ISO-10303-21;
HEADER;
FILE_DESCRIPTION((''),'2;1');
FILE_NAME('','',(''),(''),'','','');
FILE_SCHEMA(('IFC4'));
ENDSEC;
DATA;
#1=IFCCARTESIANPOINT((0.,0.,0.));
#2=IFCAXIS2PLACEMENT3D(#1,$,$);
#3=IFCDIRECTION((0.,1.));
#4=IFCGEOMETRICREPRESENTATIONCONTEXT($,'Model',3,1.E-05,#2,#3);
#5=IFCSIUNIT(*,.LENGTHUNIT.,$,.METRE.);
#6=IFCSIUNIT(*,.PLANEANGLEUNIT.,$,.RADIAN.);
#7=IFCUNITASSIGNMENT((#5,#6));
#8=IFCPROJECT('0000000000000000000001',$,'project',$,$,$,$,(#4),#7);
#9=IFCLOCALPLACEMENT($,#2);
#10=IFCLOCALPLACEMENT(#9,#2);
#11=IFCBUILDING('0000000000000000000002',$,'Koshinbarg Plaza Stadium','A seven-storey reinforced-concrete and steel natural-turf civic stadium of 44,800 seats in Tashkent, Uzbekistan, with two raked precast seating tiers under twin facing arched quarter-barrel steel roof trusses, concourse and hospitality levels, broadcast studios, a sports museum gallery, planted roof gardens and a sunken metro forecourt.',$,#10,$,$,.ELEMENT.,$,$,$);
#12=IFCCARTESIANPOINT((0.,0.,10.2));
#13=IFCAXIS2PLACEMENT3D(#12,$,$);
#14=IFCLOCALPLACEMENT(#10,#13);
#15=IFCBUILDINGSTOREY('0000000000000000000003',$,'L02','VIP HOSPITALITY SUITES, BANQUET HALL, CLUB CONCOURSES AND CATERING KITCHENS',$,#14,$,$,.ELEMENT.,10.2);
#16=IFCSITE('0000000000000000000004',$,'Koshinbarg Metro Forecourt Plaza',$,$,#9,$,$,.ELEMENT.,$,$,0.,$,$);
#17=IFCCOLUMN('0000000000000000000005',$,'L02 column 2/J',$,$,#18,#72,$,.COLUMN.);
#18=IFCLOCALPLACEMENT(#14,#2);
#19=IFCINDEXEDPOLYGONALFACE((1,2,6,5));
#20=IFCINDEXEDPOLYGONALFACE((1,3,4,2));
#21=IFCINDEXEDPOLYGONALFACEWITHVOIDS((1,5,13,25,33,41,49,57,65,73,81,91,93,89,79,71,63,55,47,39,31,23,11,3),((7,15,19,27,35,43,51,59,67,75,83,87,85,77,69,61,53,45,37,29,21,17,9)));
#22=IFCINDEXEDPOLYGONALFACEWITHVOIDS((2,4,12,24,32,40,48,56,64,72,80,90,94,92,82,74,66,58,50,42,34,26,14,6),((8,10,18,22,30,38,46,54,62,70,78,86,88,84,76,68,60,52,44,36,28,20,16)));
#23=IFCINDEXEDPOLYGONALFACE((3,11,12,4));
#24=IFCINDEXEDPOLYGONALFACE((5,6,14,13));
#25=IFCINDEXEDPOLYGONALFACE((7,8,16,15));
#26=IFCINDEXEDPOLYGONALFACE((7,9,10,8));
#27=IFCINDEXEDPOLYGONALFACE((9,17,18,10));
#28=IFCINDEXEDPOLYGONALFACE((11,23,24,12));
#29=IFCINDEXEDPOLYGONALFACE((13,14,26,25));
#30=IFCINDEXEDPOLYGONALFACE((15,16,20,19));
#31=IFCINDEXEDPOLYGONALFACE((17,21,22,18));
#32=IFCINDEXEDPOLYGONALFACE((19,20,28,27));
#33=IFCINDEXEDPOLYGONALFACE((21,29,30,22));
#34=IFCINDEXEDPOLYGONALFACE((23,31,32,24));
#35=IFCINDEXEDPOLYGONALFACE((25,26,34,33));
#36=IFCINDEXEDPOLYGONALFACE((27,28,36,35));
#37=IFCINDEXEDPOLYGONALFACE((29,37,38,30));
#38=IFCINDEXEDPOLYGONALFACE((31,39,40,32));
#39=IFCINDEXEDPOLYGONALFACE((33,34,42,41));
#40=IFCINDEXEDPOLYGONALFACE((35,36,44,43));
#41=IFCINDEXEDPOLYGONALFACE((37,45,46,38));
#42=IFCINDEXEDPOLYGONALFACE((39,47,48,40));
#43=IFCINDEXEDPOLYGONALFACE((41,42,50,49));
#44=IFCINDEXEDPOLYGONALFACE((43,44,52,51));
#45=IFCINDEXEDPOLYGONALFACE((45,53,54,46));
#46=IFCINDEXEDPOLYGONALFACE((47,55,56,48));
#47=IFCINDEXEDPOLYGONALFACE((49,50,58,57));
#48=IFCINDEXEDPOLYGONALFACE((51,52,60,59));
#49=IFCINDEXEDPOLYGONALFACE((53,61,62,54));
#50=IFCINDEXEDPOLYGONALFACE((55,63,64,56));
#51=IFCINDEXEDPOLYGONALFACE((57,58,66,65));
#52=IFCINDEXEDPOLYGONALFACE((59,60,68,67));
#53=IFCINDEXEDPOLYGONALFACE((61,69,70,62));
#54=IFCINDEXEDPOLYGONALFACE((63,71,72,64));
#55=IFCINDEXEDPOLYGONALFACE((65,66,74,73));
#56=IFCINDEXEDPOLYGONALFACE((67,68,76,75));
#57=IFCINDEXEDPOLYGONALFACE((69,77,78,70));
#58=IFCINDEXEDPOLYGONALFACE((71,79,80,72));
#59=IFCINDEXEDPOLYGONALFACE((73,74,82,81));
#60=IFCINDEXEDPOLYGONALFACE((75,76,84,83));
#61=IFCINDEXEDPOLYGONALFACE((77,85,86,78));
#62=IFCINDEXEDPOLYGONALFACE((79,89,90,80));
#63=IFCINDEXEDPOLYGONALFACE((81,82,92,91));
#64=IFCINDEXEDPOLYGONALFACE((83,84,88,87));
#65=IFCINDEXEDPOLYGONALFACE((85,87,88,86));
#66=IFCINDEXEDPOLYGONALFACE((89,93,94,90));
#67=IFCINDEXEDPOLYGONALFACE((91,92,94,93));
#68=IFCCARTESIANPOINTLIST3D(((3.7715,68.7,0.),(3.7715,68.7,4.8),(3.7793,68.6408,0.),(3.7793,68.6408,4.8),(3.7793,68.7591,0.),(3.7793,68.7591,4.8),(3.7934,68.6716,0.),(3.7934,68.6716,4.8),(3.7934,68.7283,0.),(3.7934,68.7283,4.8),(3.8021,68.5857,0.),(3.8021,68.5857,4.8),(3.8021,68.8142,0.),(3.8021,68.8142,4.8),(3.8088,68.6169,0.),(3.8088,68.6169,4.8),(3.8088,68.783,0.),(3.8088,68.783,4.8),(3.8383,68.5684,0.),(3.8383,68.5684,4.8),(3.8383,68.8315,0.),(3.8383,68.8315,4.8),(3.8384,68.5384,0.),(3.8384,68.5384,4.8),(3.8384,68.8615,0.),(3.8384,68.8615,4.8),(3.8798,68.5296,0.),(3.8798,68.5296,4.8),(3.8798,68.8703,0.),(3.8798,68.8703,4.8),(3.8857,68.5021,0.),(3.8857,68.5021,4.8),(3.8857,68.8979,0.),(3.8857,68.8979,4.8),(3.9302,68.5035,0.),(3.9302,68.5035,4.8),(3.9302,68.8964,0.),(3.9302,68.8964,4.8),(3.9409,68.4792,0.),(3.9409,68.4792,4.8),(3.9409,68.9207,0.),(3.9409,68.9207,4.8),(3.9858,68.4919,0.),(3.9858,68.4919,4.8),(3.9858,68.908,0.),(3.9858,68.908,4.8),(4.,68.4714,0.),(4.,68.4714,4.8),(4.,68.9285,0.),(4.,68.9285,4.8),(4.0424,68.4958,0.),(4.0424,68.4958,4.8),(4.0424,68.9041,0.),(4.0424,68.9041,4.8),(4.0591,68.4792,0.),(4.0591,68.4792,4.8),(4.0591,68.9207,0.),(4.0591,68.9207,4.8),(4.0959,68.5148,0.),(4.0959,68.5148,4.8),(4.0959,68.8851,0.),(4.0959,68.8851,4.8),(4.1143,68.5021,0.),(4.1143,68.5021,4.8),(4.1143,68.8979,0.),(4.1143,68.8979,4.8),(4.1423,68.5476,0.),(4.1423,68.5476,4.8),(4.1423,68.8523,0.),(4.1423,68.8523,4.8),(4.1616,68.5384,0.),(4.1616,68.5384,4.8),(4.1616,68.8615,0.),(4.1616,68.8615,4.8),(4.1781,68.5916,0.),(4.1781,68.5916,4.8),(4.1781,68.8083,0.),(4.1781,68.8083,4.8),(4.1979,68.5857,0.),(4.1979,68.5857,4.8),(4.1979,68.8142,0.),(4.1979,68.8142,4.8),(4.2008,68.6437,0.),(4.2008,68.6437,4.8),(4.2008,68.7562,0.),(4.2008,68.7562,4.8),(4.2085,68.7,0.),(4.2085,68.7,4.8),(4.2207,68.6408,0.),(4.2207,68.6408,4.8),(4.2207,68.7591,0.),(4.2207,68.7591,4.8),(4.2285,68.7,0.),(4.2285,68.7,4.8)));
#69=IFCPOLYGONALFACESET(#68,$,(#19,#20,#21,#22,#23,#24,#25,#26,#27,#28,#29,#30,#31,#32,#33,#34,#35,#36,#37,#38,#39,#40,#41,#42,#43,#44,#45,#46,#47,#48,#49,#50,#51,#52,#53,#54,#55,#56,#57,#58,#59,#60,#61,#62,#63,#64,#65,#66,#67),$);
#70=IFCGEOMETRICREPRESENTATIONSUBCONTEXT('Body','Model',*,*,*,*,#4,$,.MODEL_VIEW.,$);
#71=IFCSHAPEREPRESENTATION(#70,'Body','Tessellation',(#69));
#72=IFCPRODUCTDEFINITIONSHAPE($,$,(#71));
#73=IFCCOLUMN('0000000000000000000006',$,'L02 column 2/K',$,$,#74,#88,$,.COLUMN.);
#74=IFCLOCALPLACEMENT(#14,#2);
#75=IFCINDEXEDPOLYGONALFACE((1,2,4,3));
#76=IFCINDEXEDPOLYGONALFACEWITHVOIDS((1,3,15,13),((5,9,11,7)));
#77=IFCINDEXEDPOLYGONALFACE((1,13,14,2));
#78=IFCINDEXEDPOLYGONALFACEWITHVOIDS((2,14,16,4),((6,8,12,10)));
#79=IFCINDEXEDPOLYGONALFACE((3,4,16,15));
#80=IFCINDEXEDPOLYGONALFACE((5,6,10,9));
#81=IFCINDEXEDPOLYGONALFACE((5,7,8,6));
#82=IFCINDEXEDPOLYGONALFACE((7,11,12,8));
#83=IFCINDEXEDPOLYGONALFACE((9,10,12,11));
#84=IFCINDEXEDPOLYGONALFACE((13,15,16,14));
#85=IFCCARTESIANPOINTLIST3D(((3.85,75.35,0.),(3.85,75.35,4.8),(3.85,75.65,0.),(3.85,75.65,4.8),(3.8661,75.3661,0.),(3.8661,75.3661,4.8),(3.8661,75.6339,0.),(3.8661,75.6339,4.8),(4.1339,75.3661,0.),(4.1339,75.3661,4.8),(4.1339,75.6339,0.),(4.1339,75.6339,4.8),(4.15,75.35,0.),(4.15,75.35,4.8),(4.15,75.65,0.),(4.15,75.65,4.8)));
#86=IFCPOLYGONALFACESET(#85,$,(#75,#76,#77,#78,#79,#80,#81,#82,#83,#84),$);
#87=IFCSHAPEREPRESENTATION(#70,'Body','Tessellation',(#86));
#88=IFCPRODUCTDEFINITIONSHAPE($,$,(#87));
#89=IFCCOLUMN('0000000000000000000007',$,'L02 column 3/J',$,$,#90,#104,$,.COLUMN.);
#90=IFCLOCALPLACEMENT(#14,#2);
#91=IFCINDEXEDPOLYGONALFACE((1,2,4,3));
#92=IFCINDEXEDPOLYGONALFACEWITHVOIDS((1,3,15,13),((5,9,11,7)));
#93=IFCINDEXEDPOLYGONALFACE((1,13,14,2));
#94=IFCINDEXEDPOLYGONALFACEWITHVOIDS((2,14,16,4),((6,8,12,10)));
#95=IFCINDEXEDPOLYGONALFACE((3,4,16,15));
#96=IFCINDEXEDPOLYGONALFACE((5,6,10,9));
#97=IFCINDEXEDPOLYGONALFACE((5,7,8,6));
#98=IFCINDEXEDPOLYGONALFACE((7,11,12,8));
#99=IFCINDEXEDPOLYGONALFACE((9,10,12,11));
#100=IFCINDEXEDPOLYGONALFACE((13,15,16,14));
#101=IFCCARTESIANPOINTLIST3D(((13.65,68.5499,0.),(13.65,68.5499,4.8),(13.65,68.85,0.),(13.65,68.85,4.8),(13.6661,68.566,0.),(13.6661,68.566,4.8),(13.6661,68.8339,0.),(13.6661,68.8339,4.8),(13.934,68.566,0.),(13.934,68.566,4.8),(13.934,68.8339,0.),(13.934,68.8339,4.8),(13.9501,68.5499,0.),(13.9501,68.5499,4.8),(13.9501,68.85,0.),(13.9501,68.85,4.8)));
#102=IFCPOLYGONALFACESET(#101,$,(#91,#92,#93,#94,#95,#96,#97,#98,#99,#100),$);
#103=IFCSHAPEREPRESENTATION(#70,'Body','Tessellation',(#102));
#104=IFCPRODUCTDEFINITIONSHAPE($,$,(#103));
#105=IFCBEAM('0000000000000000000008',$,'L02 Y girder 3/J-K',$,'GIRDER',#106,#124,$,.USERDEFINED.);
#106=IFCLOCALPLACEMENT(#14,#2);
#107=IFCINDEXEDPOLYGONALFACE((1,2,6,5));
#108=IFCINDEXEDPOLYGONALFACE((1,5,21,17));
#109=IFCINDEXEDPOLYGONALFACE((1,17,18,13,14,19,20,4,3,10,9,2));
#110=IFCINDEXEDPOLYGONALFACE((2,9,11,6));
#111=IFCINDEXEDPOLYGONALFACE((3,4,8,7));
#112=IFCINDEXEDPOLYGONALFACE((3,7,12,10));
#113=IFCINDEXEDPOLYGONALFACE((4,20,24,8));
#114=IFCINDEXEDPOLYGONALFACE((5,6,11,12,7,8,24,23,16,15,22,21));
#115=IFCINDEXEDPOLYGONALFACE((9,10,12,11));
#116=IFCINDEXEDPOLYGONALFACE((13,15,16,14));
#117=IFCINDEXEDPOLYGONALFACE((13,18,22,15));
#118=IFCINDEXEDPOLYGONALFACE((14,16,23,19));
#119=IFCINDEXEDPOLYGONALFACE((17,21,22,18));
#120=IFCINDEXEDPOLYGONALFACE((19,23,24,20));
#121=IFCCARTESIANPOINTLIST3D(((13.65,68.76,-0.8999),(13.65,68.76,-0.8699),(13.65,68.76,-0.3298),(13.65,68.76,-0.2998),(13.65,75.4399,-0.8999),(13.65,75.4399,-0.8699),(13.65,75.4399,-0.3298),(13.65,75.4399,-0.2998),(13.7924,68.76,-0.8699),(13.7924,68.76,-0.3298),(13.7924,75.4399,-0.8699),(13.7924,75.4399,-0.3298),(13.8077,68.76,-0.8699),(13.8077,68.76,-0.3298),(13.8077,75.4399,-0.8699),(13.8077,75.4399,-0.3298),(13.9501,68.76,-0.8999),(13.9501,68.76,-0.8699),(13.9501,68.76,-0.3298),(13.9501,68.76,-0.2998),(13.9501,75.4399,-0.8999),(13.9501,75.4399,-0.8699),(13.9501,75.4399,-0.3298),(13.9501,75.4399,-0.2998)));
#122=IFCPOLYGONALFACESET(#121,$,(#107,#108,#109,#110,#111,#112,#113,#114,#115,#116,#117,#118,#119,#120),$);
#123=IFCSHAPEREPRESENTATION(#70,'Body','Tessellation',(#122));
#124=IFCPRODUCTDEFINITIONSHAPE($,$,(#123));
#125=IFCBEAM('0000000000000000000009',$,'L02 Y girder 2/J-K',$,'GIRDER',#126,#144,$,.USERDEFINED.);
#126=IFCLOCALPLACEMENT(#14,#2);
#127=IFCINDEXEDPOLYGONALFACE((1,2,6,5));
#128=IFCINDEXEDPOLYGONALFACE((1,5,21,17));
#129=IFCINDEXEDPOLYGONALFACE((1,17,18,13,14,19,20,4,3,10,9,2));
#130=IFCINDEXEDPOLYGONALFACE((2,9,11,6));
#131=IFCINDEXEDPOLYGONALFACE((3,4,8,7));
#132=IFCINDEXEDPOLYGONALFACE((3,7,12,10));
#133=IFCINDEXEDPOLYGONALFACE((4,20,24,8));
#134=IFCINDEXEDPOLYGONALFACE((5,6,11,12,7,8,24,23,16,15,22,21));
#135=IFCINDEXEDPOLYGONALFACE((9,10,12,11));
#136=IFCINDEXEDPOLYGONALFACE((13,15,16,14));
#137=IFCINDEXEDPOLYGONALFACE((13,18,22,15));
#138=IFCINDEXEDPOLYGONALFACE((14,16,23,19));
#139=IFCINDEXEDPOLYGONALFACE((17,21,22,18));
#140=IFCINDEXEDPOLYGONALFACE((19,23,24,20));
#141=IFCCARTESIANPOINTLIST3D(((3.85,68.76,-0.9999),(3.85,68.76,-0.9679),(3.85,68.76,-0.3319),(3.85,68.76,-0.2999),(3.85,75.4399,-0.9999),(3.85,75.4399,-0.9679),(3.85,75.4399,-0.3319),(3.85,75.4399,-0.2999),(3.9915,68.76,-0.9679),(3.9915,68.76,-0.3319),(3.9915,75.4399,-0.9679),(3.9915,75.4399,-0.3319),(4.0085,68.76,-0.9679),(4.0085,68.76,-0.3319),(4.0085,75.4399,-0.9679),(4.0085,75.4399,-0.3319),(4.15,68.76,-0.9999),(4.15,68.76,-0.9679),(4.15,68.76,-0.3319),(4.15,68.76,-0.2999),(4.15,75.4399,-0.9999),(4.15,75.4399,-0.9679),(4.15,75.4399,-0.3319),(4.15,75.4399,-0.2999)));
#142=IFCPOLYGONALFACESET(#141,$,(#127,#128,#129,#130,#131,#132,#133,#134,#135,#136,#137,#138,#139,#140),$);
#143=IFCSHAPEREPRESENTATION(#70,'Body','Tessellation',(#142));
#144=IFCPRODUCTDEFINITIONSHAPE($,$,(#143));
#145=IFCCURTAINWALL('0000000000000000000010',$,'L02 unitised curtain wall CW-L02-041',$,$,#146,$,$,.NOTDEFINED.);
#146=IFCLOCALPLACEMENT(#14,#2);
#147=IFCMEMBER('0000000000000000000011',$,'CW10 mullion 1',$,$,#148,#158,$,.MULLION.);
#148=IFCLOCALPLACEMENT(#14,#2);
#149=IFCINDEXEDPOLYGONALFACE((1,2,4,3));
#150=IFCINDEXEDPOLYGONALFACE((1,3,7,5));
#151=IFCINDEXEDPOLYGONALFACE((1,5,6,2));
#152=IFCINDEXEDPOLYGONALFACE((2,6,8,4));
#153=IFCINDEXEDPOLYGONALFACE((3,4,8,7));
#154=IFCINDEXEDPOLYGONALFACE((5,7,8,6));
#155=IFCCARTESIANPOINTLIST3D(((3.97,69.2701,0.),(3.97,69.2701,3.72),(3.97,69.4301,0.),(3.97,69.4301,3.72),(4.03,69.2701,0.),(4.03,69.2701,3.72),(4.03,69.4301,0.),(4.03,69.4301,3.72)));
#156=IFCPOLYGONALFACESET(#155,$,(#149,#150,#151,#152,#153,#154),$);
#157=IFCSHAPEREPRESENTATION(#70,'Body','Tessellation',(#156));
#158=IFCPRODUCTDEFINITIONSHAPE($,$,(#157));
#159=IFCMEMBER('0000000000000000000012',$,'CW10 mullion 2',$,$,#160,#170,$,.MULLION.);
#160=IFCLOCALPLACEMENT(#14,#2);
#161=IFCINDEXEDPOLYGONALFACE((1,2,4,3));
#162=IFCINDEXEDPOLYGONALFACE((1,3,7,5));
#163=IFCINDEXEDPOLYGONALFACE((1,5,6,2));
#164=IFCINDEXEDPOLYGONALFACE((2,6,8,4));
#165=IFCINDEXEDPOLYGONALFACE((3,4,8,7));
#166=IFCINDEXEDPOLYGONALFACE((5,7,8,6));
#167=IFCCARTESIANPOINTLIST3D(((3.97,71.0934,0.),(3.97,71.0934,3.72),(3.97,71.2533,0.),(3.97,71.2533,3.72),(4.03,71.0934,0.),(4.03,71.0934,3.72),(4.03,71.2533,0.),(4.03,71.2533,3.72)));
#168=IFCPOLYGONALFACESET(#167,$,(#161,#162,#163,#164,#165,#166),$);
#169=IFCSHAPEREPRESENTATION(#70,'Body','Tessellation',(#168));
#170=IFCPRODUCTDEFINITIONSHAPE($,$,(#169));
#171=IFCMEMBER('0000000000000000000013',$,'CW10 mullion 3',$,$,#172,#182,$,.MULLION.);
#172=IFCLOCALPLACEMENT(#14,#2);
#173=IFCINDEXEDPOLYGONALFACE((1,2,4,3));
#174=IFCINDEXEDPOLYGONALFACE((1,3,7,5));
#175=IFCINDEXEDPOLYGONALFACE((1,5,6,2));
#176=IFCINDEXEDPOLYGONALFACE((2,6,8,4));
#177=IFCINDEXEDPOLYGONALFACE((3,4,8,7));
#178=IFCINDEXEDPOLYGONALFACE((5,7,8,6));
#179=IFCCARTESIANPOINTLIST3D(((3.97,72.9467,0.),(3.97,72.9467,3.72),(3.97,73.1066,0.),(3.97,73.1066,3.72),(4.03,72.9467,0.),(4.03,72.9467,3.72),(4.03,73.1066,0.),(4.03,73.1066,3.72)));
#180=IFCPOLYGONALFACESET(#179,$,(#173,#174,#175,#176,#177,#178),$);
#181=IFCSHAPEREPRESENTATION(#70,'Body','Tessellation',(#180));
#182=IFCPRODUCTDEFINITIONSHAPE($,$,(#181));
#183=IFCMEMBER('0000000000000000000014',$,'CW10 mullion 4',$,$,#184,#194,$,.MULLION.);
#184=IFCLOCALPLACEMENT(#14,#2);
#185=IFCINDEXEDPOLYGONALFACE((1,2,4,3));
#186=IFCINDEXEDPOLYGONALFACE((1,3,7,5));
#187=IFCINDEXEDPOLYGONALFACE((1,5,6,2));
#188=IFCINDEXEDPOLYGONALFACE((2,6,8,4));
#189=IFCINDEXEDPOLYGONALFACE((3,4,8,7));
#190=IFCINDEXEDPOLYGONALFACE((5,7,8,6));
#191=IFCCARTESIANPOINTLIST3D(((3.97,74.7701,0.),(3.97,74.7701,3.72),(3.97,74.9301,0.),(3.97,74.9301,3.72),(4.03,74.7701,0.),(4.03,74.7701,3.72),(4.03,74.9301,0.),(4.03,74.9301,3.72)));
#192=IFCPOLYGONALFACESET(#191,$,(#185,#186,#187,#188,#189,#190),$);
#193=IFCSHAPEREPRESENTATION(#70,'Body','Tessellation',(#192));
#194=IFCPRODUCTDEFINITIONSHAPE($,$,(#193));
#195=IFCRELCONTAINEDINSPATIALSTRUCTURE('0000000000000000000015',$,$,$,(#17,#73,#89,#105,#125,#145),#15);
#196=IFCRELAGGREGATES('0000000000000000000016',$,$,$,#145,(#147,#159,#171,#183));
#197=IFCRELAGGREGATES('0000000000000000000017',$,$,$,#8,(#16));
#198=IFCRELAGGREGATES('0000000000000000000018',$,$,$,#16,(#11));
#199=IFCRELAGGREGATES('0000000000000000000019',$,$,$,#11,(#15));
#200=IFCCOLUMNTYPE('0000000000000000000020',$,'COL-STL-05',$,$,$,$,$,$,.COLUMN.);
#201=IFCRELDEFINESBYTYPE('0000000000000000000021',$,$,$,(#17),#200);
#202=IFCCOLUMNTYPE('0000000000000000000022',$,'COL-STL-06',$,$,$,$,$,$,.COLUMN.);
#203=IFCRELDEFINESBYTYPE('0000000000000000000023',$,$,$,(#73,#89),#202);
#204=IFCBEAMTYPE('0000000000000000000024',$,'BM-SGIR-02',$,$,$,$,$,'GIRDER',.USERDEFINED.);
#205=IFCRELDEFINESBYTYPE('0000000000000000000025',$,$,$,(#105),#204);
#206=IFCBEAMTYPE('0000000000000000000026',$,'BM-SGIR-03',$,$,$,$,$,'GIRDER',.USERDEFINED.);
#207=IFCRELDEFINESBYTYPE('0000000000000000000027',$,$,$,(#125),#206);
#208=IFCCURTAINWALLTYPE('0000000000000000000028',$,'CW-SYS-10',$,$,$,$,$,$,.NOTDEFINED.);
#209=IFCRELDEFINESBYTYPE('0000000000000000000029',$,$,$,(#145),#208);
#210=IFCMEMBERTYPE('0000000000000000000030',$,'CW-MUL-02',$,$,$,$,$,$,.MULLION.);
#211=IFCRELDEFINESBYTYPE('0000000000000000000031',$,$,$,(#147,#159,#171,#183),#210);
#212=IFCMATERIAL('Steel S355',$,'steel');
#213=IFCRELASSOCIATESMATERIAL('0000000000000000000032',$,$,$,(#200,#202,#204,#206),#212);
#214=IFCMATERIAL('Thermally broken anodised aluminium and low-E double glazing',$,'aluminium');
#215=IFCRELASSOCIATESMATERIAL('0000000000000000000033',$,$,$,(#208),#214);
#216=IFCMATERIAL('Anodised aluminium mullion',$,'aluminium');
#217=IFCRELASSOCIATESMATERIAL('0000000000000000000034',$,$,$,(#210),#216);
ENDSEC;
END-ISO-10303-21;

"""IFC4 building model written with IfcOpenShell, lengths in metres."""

from ifc_helpers import new_model, si_unit, direction, frame, origin, origin_2d, place, context, subcontext, project, spatial, rectangle, hollow_rectangle, hollow_circle, i_section, extrude, material, material_profile, profile_set, type_object, element, aggregate, save


model = new_model("IFC4")

# Units and contexts
model_context = context("Model", 3, precision=1e-05, world=origin(), true_north=direction((0.0, 1.0)))
body_context = subcontext(model_context, "Body", "Model", "MODEL_VIEW")
ifc_project = project(units=[si_unit("LENGTHUNIT", "METRE"), si_unit("PLANEANGLEUNIT", "RADIAN")], contexts=[model_context])

# Site, building, storey
site_placement = place(None, origin())
site = spatial("IfcSite", under=ifc_project, at=site_placement, Name="Koshinbarg Metro Forecourt Plaza", CompositionType="ELEMENT", RefElevation=0.0)
building_placement = place(site_placement, origin())
building = spatial("IfcBuilding", under=site, at=building_placement, Name="Koshinbarg Plaza Stadium", Description="A seven-storey reinforced-concrete and steel natural-turf civic stadium of 44,800 seats in Tashkent, Uzbekistan, with two raked precast seating tiers under twin facing arched quarter-barrel steel roof trusses, concourse and hospitality levels, broadcast studios, a sports museum gallery, planted roof gardens and a sunken metro forecourt.", CompositionType="ELEMENT")
storey_placement = place(building_placement, frame((0.0, 0.0, 10.2)))
storey = spatial("IfcBuildingStorey", under=building, at=storey_placement, Name="L02", Description="VIP HOSPITALITY SUITES, BANQUET HALL, CLUB CONCOURSES AND CATERING KITCHENS", CompositionType="ELEMENT", Elevation=10.2)

# Columns
ifc_material_1 = material(Name="Steel S355", Category="steel")
ifc_material_profile_1 = material_profile(ifc_material_1, hollow_circle(Radius=0.2285, WallThickness=0.02, at=origin_2d()), Name="CHS 457x20")
ifc_profile_set_1 = profile_set([ifc_material_profile_1], Name="Steel S355")
column_type_1 = type_object("IfcColumnType", Name="COL-STL-05", PredefinedType="COLUMN", material=ifc_profile_set_1)
column_placement = place(storey_placement, frame((4.0, 68.7, 0.0), z_axis=(0.0, 0.0, 1.0), x_axis=(1.0, 0.0, 0.0)))
element("IfcColumn", 1, at=column_placement, inside=storey, type_object=column_type_1, Name="L02 column 2/J", PredefinedType="COLUMN", context=body_context, shape_type="SweptSolid", body=[
    extrude(hollow_circle(Radius=0.2285, WallThickness=0.02, at=origin_2d()), origin(), (0.0, 0.0, 1.0), 4.8),
])
ifc_material_profile_2 = material_profile(ifc_material_1, hollow_rectangle(XDim=0.3, YDim=0.3, WallThickness=0.0161, at=origin_2d()), Name="SHS 300x300x16")
ifc_profile_set_2 = profile_set([ifc_material_profile_2], Name="Steel S355")
column_type_2 = type_object("IfcColumnType", Name="COL-STL-06", PredefinedType="COLUMN", material=ifc_profile_set_2)
for number, where, z_axis, x_axis, name in (
    (2, (4.0, 75.5, 0.0), (0.0, 0.0, 1.0), (1.0, 0.0, 0.0), "L02 column 2/K"),
    (3, (13.8, 68.7, 0.0), (0.0, 0.0, 1.0), (1.0, 0.0, 0.0), "L02 column 3/J"),
):
    element("IfcColumn", number, at=place(storey_placement, frame(where, z_axis=z_axis, x_axis=x_axis)), inside=storey, type_object=column_type_2, Name=name, PredefinedType="COLUMN", context=body_context, shape_type="SweptSolid", body=[
        extrude(hollow_rectangle(XDim=0.3, YDim=0.3, WallThickness=0.0161, at=origin_2d()), origin(), (0.0, 0.0, 1.0), 4.8),
    ])

# Beams
ifc_material_profile_3 = material_profile(ifc_material_1, i_section(OverallWidth=0.3, OverallDepth=0.6001, WebThickness=0.0154, FlangeThickness=0.03, at=origin_2d()), Name="HEB 600")
ifc_profile_set_3 = profile_set([ifc_material_profile_3], Name="Steel S355")
beam_type_1 = type_object("IfcBeamType", Name="BM-SGIR-02", ElementType="GIRDER", PredefinedType="USERDEFINED", material=ifc_profile_set_3)
beam_1_placement = place(storey_placement, frame((13.8, 68.76, -0.5999), z_axis=(0.0, 1.0, 0.0), x_axis=(-1.0, 0.0, 0.0)))
element("IfcBeam", 4, at=beam_1_placement, inside=storey, type_object=beam_type_1, Name="L02 Y girder 3/J-K", ObjectType="GIRDER", PredefinedType="USERDEFINED", context=body_context, shape_type="SweptSolid", body=[
    extrude(i_section(OverallWidth=0.3, OverallDepth=0.6001, WebThickness=0.0154, FlangeThickness=0.03, at=origin_2d()), origin(), (0.0, 0.0, 1.0), 6.6799),
])
ifc_material_profile_4 = material_profile(ifc_material_1, i_section(OverallWidth=0.3, OverallDepth=0.7, WebThickness=0.0171, FlangeThickness=0.032, at=origin_2d()), Name="HEB 700")
ifc_profile_set_4 = profile_set([ifc_material_profile_4], Name="Steel S355")
beam_type_2 = type_object("IfcBeamType", Name="BM-SGIR-03", ElementType="GIRDER", PredefinedType="USERDEFINED", material=ifc_profile_set_4)
beam_2_placement = place(storey_placement, frame((4.0, 68.76, -0.6499), z_axis=(0.0, 1.0, 0.0), x_axis=(-1.0, 0.0, 0.0)))
element("IfcBeam", 5, at=beam_2_placement, inside=storey, type_object=beam_type_2, Name="L02 Y girder 2/J-K", ObjectType="GIRDER", PredefinedType="USERDEFINED", context=body_context, shape_type="SweptSolid", body=[
    extrude(i_section(OverallWidth=0.3, OverallDepth=0.7, WebThickness=0.0171, FlangeThickness=0.032, at=origin_2d()), origin(), (0.0, 0.0, 1.0), 6.6799),
])

# Curtain wall, members
ifc_material_2 = material(Name="Thermally broken anodised aluminium and low-E double glazing", Category="aluminium")
curtain_wall_type = type_object("IfcCurtainWallType", Name="CW-SYS-10", PredefinedType="NOTDEFINED", material=ifc_material_2)
curtain_wall_placement = place(storey_placement, origin())
curtain_wall = element("IfcCurtainWall", 6, at=curtain_wall_placement, inside=storey, type_object=curtain_wall_type, Name="L02 unitised curtain wall CW-L02-041", PredefinedType="NOTDEFINED")
ifc_material_3 = material(Name="Anodised aluminium mullion", Category="aluminium")
ifc_material_profile_5 = material_profile(ifc_material_3, rectangle(XDim=0.0601, YDim=0.1599, at=origin_2d()), Name="ALU 60x160")
ifc_profile_set_5 = profile_set([ifc_material_profile_5], Name="Anodised aluminium mullion")
member_type_1 = type_object("IfcMemberType", Name="CW-MUL-02", PredefinedType="MULLION", material=ifc_profile_set_5)
member_1_placement = place(storey_placement, frame((4.0, 69.3501, 0.0), z_axis=(0.0, 0.0, 1.0), x_axis=(-1.0, 0.0, 0.0)))
member_1 = element("IfcMember", 7, at=member_1_placement, type_object=member_type_1, Name="CW10 mullion 1", PredefinedType="MULLION", context=body_context, shape_type="SweptSolid", body=[
    extrude(rectangle(XDim=0.0601, YDim=0.1599, at=origin_2d()), origin(), (0.0, 0.0, 1.0), 3.72),
])
member_2_placement = place(storey_placement, frame((4.0, 71.1733, 0.0), z_axis=(0.0, 0.0, 1.0), x_axis=(-1.0, 0.0, 0.0)))
member_2 = element("IfcMember", 8, at=member_2_placement, type_object=member_type_1, Name="CW10 mullion 2", PredefinedType="MULLION", context=body_context, shape_type="SweptSolid", body=[
    extrude(rectangle(XDim=0.0601, YDim=0.1599, at=origin_2d()), origin(), (0.0, 0.0, 1.0), 3.72),
])
member_3_placement = place(storey_placement, frame((4.0, 73.0266, 0.0), z_axis=(0.0, 0.0, 1.0), x_axis=(-1.0, 0.0, 0.0)))
member_3 = element("IfcMember", 9, at=member_3_placement, type_object=member_type_1, Name="CW10 mullion 3", PredefinedType="MULLION", context=body_context, shape_type="SweptSolid", body=[
    extrude(rectangle(XDim=0.0601, YDim=0.1599, at=origin_2d()), origin(), (0.0, 0.0, 1.0), 3.72),
])
member_4_placement = place(storey_placement, frame((4.0, 74.8501, 0.0), z_axis=(0.0, 0.0, 1.0), x_axis=(-1.0, 0.0, 0.0)))
member_4 = element("IfcMember", 10, at=member_4_placement, type_object=member_type_1, Name="CW10 mullion 4", PredefinedType="MULLION", context=body_context, shape_type="SweptSolid", body=[
    extrude(rectangle(XDim=0.0601, YDim=0.1599, at=origin_2d()), origin(), (0.0, 0.0, 1.0), 3.72),
])
aggregate(curtain_wall, [member_1, member_2, member_3, member_4])

save(model, "model.ifc")
